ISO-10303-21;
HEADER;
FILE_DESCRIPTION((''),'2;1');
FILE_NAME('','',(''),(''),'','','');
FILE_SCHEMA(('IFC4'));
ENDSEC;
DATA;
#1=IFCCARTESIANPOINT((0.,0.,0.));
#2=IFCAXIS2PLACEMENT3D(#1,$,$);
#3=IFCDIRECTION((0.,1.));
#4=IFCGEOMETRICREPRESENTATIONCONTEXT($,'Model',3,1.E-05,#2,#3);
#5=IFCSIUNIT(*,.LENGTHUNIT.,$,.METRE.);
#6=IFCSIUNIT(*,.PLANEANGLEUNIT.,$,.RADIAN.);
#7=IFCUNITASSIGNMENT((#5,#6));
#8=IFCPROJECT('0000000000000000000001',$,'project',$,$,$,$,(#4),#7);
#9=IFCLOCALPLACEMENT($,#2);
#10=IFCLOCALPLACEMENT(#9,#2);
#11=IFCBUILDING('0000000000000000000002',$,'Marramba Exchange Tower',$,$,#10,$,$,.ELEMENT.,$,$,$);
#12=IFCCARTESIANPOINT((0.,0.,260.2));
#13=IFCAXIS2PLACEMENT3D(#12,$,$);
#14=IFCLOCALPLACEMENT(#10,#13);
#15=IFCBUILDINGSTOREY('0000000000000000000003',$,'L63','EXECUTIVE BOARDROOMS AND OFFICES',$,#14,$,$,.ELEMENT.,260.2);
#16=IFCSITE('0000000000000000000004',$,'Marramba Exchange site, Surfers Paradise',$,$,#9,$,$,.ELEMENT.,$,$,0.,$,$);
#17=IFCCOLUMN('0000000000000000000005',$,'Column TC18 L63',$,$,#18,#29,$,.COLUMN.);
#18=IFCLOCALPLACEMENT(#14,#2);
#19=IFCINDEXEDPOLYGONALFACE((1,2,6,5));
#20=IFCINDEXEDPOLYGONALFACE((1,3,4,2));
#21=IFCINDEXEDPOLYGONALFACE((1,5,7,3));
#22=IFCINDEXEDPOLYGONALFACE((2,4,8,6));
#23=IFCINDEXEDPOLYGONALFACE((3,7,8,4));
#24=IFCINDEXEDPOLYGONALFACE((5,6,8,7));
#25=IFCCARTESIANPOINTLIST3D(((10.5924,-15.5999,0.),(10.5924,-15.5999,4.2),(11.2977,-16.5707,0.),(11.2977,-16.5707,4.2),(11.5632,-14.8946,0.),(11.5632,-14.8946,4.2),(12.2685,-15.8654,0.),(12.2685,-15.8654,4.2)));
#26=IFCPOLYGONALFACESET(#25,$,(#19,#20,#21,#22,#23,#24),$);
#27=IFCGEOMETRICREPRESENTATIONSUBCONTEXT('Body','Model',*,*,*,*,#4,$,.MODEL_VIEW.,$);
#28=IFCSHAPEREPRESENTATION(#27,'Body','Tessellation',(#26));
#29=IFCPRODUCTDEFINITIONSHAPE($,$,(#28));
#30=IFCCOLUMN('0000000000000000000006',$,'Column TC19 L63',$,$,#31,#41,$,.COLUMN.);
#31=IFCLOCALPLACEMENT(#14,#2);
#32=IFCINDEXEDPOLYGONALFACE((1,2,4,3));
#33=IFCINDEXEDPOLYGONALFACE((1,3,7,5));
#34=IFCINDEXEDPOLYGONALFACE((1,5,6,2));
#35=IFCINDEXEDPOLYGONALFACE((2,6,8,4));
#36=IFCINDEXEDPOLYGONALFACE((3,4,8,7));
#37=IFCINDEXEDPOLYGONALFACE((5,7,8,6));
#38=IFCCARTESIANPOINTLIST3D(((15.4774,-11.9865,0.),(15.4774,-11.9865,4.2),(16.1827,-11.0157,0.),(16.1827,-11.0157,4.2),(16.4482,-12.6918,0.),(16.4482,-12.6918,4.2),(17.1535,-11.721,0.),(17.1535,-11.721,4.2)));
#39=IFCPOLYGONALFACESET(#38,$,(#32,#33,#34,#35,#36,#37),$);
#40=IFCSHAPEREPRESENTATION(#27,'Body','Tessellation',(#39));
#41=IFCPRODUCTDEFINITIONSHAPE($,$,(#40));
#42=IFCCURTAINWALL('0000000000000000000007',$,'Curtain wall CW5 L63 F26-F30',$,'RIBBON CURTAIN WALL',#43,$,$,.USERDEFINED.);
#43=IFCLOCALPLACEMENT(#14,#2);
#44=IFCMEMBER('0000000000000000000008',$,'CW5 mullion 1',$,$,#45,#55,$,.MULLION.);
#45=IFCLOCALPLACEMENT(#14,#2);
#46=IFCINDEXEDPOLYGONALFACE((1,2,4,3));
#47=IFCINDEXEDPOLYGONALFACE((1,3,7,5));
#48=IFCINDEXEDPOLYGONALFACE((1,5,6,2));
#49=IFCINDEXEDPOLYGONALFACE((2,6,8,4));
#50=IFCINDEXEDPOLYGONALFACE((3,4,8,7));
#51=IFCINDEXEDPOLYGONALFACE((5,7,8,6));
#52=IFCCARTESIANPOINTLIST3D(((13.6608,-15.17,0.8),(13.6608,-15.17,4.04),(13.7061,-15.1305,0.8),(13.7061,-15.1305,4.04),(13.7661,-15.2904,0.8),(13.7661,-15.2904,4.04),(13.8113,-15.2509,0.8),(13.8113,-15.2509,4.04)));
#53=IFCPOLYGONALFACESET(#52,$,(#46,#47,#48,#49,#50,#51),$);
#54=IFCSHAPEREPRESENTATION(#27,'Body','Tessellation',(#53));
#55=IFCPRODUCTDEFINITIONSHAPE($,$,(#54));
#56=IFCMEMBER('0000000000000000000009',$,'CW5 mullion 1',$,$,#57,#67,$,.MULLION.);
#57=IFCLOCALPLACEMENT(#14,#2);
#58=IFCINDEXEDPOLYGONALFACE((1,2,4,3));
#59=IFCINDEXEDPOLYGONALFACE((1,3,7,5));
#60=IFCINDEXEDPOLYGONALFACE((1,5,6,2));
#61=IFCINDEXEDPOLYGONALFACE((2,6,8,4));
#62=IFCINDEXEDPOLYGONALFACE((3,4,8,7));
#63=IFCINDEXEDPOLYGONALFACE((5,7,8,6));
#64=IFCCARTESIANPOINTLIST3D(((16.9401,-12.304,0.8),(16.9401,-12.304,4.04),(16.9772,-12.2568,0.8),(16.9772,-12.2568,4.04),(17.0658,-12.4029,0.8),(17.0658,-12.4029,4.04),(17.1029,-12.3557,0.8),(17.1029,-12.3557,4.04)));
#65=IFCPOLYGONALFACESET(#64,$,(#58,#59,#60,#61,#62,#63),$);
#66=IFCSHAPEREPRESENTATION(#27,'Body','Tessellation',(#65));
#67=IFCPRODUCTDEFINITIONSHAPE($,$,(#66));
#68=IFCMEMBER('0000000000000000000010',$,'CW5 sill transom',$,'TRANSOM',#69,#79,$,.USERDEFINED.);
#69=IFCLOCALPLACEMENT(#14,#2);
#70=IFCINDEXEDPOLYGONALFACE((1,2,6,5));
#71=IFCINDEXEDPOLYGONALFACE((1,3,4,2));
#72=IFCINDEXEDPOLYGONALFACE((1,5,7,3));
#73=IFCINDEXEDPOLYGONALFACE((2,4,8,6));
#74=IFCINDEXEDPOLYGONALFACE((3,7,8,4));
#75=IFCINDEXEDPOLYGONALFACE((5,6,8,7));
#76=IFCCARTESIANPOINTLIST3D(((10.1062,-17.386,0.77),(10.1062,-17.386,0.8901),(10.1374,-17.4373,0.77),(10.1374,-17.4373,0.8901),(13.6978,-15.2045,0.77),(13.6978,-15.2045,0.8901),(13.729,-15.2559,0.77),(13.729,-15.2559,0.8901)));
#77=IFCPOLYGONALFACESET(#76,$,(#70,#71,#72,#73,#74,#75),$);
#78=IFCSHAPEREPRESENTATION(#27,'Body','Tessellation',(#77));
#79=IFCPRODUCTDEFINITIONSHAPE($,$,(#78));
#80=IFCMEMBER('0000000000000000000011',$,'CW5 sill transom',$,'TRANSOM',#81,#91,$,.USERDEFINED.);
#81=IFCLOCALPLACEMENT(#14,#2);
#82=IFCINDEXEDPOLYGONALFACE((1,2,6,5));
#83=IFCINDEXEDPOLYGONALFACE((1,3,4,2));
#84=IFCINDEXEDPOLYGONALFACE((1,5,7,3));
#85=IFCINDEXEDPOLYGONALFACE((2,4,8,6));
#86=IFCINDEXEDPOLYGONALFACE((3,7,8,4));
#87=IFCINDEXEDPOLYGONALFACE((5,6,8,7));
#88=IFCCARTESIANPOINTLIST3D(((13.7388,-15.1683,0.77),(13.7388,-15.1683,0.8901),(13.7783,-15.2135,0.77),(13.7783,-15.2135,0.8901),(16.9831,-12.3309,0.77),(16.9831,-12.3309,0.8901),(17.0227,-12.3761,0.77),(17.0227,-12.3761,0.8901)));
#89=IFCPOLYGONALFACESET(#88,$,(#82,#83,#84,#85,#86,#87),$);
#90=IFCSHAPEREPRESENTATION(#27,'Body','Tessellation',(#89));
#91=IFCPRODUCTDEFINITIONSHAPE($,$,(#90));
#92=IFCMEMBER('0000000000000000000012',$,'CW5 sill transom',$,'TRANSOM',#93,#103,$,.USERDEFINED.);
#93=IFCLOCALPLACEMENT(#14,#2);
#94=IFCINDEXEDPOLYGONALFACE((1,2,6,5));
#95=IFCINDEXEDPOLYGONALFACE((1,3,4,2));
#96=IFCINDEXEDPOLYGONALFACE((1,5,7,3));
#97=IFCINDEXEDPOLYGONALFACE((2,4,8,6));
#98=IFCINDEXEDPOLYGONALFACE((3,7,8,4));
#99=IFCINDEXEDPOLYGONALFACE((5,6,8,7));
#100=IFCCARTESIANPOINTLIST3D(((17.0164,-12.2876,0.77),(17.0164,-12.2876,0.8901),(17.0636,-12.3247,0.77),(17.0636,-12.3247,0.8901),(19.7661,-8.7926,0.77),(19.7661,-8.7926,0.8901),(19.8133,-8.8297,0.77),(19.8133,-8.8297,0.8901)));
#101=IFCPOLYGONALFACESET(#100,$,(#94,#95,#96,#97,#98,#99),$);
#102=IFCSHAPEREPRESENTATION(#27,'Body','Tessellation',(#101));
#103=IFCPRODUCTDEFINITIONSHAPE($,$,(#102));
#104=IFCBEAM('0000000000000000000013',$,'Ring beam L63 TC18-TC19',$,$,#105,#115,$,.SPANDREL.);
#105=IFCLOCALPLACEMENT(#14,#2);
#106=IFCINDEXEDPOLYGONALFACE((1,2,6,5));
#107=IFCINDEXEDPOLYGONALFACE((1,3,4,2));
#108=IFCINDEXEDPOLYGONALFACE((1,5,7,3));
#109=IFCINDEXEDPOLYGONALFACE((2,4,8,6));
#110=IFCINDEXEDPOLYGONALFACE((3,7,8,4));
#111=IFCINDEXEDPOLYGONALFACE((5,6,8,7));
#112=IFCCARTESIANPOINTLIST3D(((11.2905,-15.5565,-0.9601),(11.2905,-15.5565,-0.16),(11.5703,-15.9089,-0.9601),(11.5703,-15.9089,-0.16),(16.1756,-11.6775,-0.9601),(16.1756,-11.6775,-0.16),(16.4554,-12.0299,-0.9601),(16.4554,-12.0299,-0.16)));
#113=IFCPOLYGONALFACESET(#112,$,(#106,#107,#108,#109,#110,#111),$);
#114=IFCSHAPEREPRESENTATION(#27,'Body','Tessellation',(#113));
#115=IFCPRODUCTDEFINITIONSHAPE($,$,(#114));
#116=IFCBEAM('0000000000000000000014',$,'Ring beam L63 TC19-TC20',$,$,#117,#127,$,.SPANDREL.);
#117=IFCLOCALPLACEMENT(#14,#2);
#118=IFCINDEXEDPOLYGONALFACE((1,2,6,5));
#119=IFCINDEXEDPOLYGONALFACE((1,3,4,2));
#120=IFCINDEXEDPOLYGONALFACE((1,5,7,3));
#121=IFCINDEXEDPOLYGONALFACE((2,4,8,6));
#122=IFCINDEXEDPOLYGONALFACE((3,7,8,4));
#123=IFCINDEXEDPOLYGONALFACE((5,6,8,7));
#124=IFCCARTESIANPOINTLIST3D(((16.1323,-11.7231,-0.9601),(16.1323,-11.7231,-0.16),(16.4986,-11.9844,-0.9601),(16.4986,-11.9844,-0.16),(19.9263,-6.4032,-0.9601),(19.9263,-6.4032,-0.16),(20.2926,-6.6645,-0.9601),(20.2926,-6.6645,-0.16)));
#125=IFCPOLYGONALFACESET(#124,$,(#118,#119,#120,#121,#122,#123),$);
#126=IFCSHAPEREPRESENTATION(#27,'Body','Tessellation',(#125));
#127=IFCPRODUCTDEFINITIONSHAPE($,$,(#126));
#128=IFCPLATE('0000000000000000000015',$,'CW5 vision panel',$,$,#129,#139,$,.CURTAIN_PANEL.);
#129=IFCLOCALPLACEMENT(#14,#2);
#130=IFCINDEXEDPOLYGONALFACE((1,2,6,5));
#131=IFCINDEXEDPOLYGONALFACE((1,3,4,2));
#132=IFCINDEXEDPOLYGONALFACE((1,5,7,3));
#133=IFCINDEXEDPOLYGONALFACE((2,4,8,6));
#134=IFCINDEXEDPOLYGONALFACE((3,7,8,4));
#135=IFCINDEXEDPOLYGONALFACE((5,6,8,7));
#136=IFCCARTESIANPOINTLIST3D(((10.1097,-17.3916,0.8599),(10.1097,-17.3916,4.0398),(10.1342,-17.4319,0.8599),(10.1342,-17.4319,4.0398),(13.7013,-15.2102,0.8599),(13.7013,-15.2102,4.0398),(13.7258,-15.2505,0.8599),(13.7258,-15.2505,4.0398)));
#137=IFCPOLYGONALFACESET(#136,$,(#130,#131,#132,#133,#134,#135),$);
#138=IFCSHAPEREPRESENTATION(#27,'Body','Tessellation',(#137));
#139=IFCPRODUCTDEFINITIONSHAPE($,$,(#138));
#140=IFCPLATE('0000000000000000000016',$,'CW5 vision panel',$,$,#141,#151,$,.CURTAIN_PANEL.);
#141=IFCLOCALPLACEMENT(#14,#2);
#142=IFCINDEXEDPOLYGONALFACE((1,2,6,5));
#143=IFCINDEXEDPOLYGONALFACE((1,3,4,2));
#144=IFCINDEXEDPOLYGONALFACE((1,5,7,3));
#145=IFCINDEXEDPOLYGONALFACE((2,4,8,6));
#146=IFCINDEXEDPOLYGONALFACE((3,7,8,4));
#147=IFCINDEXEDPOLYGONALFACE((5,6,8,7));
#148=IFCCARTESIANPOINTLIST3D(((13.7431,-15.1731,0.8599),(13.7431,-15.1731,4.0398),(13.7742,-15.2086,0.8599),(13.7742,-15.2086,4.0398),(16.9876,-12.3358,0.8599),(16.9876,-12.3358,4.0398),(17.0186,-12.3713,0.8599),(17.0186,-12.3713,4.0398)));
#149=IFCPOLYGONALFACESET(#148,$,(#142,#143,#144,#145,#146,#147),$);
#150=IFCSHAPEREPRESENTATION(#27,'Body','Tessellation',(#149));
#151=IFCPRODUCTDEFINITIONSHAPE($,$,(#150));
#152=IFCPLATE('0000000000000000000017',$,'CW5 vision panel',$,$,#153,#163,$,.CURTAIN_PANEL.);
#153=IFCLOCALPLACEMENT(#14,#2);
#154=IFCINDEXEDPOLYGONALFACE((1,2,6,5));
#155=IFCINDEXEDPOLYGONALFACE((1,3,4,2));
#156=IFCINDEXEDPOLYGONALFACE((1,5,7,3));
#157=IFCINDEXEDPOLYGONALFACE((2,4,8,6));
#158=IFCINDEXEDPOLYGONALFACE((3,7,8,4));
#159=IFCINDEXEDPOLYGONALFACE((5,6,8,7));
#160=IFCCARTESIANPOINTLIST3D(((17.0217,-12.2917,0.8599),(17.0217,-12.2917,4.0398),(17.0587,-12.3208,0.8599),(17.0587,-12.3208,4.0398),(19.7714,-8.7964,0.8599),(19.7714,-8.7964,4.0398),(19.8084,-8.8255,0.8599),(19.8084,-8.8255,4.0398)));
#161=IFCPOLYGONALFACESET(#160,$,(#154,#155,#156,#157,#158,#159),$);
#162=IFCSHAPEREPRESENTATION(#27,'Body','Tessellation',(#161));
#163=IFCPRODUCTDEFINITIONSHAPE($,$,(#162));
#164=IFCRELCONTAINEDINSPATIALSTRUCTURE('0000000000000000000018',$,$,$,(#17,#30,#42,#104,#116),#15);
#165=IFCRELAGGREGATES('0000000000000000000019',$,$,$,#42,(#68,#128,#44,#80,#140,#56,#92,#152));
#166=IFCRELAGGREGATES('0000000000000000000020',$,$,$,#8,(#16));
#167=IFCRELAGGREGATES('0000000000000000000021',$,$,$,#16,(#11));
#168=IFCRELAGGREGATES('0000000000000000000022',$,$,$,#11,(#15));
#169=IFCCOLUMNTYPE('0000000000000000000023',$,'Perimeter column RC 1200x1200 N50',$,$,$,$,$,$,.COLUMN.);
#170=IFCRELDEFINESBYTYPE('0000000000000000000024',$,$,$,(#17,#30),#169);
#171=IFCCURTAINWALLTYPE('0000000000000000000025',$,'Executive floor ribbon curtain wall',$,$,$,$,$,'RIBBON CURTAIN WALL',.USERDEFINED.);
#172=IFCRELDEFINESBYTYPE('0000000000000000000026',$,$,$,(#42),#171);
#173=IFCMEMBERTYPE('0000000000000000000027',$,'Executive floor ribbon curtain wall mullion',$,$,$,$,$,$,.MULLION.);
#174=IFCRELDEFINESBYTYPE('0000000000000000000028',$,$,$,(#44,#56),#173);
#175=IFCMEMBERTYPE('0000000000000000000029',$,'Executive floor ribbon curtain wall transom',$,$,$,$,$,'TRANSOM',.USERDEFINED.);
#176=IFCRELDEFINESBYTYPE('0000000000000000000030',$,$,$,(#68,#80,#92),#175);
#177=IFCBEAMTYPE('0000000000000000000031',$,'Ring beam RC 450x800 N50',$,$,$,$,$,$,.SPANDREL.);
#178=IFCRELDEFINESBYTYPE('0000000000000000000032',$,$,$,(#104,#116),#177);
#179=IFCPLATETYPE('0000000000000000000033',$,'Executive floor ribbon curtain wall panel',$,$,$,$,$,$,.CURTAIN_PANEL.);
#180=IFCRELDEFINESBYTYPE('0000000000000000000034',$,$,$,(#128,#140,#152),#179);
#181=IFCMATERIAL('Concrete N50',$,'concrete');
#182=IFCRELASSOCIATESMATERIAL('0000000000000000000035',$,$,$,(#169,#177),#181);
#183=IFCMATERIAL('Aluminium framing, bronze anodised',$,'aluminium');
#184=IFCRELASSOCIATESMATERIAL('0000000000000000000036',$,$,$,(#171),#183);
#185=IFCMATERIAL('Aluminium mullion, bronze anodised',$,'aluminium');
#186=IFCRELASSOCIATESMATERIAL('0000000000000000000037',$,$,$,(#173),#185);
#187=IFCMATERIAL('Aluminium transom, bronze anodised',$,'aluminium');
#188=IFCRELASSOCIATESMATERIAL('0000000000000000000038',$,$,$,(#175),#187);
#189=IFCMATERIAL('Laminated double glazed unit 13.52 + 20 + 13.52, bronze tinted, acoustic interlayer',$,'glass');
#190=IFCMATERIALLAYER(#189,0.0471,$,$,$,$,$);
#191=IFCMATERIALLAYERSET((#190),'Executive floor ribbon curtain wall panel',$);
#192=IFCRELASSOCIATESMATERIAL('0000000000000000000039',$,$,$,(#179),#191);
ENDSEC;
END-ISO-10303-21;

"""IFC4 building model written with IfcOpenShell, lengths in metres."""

from ifc_helpers import new_model, si_unit, direction, frame, origin, origin_2d, place, context, subcontext, project, spatial, rectangle, extrude, material, layer, layer_set, material_profile, profile_set, type_object, element, aggregate, save


model = new_model("IFC4")

# Units and contexts
model_context = context("Model", 3, precision=1e-05, world=origin(), true_north=direction((0.0, 1.0)))
body_context = subcontext(model_context, "Body", "Model", "MODEL_VIEW")
ifc_project = project(units=[si_unit("LENGTHUNIT", "METRE"), si_unit("PLANEANGLEUNIT", "RADIAN")], contexts=[model_context])

# Site, building, storey
site_placement = place(None, origin())
site = spatial("IfcSite", under=ifc_project, at=site_placement, Name="Marramba Exchange site, Surfers Paradise", CompositionType="ELEMENT", RefElevation=0.0)
building_placement = place(site_placement, origin())
building = spatial("IfcBuilding", under=site, at=building_placement, Name="Marramba Exchange Tower", CompositionType="ELEMENT")
storey_placement = place(building_placement, frame((0.0, 0.0, 260.2)))
storey = spatial("IfcBuildingStorey", under=building, at=storey_placement, Name="L63", Description="EXECUTIVE BOARDROOMS AND OFFICES", CompositionType="ELEMENT", Elevation=260.2)

# Columns
ifc_material_1 = material(Name="Concrete N50", Category="concrete")
ifc_material_profile_1 = material_profile(ifc_material_1, rectangle(XDim=1.2, YDim=1.2, at=origin_2d()), Name="RC 1200x1200")
ifc_profile_set_1 = profile_set([ifc_material_profile_1], Name="Concrete N50")
column_type = type_object("IfcColumnType", Name="Perimeter column RC 1200x1200 N50", PredefinedType="COLUMN", material=ifc_profile_set_1)
for number, where, z_axis, x_axis, name in (
    (1, (11.4304, -15.7327, 0.0), (0.0, 0.0, 1.0), (0.587785, -0.809017, 0.0), "Column TC18 L63"),
    (2, (16.3154, -11.8538, 0.0), (0.0, 0.0, 1.0), (0.809017, -0.587785, 0.0), "Column TC19 L63"),
):
    element("IfcColumn", number, at=place(storey_placement, frame(where, z_axis=z_axis, x_axis=x_axis)), inside=storey, type_object=column_type, Name=name, PredefinedType="COLUMN", context=body_context, shape_type="SweptSolid", body=[
        extrude(rectangle(XDim=1.2, YDim=1.2, at=origin_2d()), origin(), (0.0, 0.0, 1.0), 4.2),
    ])

# Curtain wall, members
ifc_material_2 = material(Name="Aluminium framing, bronze anodised", Category="aluminium")
curtain_wall_type = type_object("IfcCurtainWallType", Name="Executive floor ribbon curtain wall", ElementType="RIBBON CURTAIN WALL", PredefinedType="USERDEFINED", material=ifc_material_2)
curtain_wall_placement = place(storey_placement, origin())
curtain_wall = element("IfcCurtainWall", 3, at=curtain_wall_placement, inside=storey, type_object=curtain_wall_type, Name="Curtain wall CW5 L63 F26-F30", ObjectType="RIBBON CURTAIN WALL", PredefinedType="USERDEFINED")
ifc_material_3 = material(Name="Aluminium mullion, bronze anodised", Category="aluminium")
ifc_material_profile_2 = material_profile(ifc_material_3, rectangle(XDim=0.1599, YDim=0.0601, at=origin_2d()), Name="CW5 mullion 60x160")
ifc_profile_set_2 = profile_set([ifc_material_profile_2], Name="Aluminium mullion, bronze anodised")
member_type_1 = type_object("IfcMemberType", Name="Executive floor ribbon curtain wall mullion", PredefinedType="MULLION", material=ifc_profile_set_2)
member_1_placement = place(storey_placement, frame((13.7361, -15.2104, 0.8), z_axis=(0.0, 0.0, 1.0), x_axis=(-0.658305, 0.752751, 0.0)))
member_1 = element("IfcMember", 4, at=member_1_placement, type_object=member_type_1, Name="CW5 mullion 1", PredefinedType="MULLION", context=body_context, shape_type="SweptSolid", body=[
    extrude(rectangle(XDim=0.1599, YDim=0.0601, at=origin_2d()), origin(), (0.0, 0.0, 1.0), 3.24),
])
member_2_placement = place(storey_placement, frame((17.0215, -12.3298, 0.8), z_axis=(0.0, 0.0, 1.0), x_axis=(-0.78595, 0.618291, 0.0)))
member_2 = element("IfcMember", 5, at=member_2_placement, type_object=member_type_1, Name="CW5 mullion 1", PredefinedType="MULLION", context=body_context, shape_type="SweptSolid", body=[
    extrude(rectangle(XDim=0.1599, YDim=0.0601, at=origin_2d()), origin(), (0.0, 0.0, 1.0), 3.24),
])
ifc_material_4 = material(Name="Aluminium transom, bronze anodised", Category="aluminium")
ifc_material_profile_3 = material_profile(ifc_material_4, rectangle(XDim=0.0601, YDim=0.1201, at=origin_2d()), Name="CW5 transom 60x120")
ifc_profile_set_3 = profile_set([ifc_material_profile_3], Name="Aluminium transom, bronze anodised")
member_type_2 = type_object("IfcMemberType", Name="Executive floor ribbon curtain wall transom", ElementType="TRANSOM", PredefinedType="USERDEFINED", material=ifc_profile_set_3)
member_3_placement = place(storey_placement, frame((10.1218, -17.4116, 0.8301), z_axis=(0.854702, 0.519119, 0.0), x_axis=(-0.519119, 0.854702, 0.0)))
member_3 = element("IfcMember", 6, at=member_3_placement, type_object=member_type_2, Name="CW5 sill transom", ObjectType="TRANSOM", PredefinedType="USERDEFINED", context=body_context, shape_type="SweptSolid", body=[
    extrude(rectangle(XDim=0.0601, YDim=0.1201, at=origin_2d()), origin(), (0.0, 0.0, 1.0), 4.2021),
])
member_4_placement = place(storey_placement, frame((13.7585, -15.1909, 0.8301), z_axis=(0.752742, 0.658316, 0.0), x_axis=(-0.658316, 0.752742, 0.0)))
member_4 = element("IfcMember", 7, at=member_4_placement, type_object=member_type_2, Name="CW5 sill transom", ObjectType="TRANSOM", PredefinedType="USERDEFINED", context=body_context, shape_type="SweptSolid", body=[
    extrude(rectangle(XDim=0.0601, YDim=0.1201, at=origin_2d()), origin(), (0.0, 0.0, 1.0), 4.3101),
])
member_5_placement = place(storey_placement, frame((17.04, -12.3062, 0.8301), z_axis=(0.618321, 0.785926, 0.0), x_axis=(-0.785926, 0.618321, 0.0)))
member_5 = element("IfcMember", 8, at=member_5_placement, type_object=member_type_2, Name="CW5 sill transom", ObjectType="TRANSOM", PredefinedType="USERDEFINED", context=body_context, shape_type="SweptSolid", body=[
    extrude(rectangle(XDim=0.0601, YDim=0.1201, at=origin_2d()), origin(), (0.0, 0.0, 1.0), 4.447),
])

# Beams
ifc_material_profile_4 = material_profile(ifc_material_1, rectangle(XDim=0.45, YDim=0.8, at=origin_2d()), Name="RC 450x800")
ifc_profile_set_4 = profile_set([ifc_material_profile_4], Name="Concrete N50")
beam_type = type_object("IfcBeamType", Name="Ring beam RC 450x800 N50", PredefinedType="SPANDREL", material=ifc_profile_set_4)
beam_1_placement = place(storey_placement, frame((11.4304, -15.7327, -0.5601), z_axis=(0.783139, 0.621846, 0.0), x_axis=(-0.621846, 0.783139, 0.0)))
element("IfcBeam", 9, at=beam_1_placement, inside=storey, type_object=beam_type, Name="Ring beam L63 TC18-TC19", PredefinedType="SPANDREL", context=body_context, shape_type="SweptSolid", body=[
    extrude(rectangle(XDim=0.45, YDim=0.8, at=origin_2d()), origin(), (0.0, 0.0, 1.0), 6.2378),
])
beam_2_placement = place(storey_placement, frame((16.3154, -11.8538, -0.5601), z_axis=(0.580637, 0.814162, 0.0), x_axis=(-0.814162, 0.580637, 0.0)))
element("IfcBeam", 10, at=beam_2_placement, inside=storey, type_object=beam_type, Name="Ring beam L63 TC19-TC20", PredefinedType="SPANDREL", context=body_context, shape_type="SweptSolid", body=[
    extrude(rectangle(XDim=0.45, YDim=0.8, at=origin_2d()), origin(), (0.0, 0.0, 1.0), 6.5342),
])

# Plates
ifc_material_5 = material(Name="Laminated double glazed unit 13.52 + 20 + 13.52, bronze tinted, acoustic interlayer", Category="glass")
ifc_layer_1 = layer(ifc_material_5, 0.0471)
ifc_layer_set_1 = layer_set([ifc_layer_1], Name="Executive floor ribbon curtain wall panel")
plate_type = type_object("IfcPlateType", Name="Executive floor ribbon curtain wall panel", PredefinedType="CURTAIN_PANEL", material=ifc_layer_set_1)
plate_1_placement = place(storey_placement, frame((11.9177, -16.321, 0.8599), z_axis=(0.0, 0.0, 1.0), x_axis=(0.854704, 0.519115, 0.0)))
plate_1 = element("IfcPlate", 11, at=plate_1_placement, type_object=plate_type, Name="CW5 vision panel", PredefinedType="CURTAIN_PANEL", context=body_context, shape_type="SweptSolid", body=[
    extrude(rectangle(XDim=4.2021, YDim=0.0471, at=origin_2d()), origin(), (0.0, 0.0, 1.0), 3.1799),
])
plate_2_placement = place(storey_placement, frame((15.3809, -13.7722, 0.8599), z_axis=(0.0, 0.0, 1.0), x_axis=(0.752751, 0.658305, 0.0)))
plate_2 = element("IfcPlate", 12, at=plate_2_placement, type_object=plate_type, Name="CW5 vision panel", PredefinedType="CURTAIN_PANEL", context=body_context, shape_type="SweptSolid", body=[
    extrude(rectangle(XDim=4.3101, YDim=0.0471, at=origin_2d()), origin(), (0.0, 0.0, 1.0), 3.1799),
])
plate_3_placement = place(storey_placement, frame((18.415, -10.5586, 0.8599), z_axis=(0.0, 0.0, 1.0), x_axis=(0.618291, 0.78595, 0.0)))
plate_3 = element("IfcPlate", 13, at=plate_3_placement, type_object=plate_type, Name="CW5 vision panel", PredefinedType="CURTAIN_PANEL", context=body_context, shape_type="SweptSolid", body=[
    extrude(rectangle(XDim=4.4473, YDim=0.0471, at=origin_2d()), origin(), (0.0, 0.0, 1.0), 3.1799),
])
aggregate(curtain_wall, [member_3, plate_1, member_1, member_4, plate_2, member_2, member_5, plate_3])

save(model, "model.ifc")
